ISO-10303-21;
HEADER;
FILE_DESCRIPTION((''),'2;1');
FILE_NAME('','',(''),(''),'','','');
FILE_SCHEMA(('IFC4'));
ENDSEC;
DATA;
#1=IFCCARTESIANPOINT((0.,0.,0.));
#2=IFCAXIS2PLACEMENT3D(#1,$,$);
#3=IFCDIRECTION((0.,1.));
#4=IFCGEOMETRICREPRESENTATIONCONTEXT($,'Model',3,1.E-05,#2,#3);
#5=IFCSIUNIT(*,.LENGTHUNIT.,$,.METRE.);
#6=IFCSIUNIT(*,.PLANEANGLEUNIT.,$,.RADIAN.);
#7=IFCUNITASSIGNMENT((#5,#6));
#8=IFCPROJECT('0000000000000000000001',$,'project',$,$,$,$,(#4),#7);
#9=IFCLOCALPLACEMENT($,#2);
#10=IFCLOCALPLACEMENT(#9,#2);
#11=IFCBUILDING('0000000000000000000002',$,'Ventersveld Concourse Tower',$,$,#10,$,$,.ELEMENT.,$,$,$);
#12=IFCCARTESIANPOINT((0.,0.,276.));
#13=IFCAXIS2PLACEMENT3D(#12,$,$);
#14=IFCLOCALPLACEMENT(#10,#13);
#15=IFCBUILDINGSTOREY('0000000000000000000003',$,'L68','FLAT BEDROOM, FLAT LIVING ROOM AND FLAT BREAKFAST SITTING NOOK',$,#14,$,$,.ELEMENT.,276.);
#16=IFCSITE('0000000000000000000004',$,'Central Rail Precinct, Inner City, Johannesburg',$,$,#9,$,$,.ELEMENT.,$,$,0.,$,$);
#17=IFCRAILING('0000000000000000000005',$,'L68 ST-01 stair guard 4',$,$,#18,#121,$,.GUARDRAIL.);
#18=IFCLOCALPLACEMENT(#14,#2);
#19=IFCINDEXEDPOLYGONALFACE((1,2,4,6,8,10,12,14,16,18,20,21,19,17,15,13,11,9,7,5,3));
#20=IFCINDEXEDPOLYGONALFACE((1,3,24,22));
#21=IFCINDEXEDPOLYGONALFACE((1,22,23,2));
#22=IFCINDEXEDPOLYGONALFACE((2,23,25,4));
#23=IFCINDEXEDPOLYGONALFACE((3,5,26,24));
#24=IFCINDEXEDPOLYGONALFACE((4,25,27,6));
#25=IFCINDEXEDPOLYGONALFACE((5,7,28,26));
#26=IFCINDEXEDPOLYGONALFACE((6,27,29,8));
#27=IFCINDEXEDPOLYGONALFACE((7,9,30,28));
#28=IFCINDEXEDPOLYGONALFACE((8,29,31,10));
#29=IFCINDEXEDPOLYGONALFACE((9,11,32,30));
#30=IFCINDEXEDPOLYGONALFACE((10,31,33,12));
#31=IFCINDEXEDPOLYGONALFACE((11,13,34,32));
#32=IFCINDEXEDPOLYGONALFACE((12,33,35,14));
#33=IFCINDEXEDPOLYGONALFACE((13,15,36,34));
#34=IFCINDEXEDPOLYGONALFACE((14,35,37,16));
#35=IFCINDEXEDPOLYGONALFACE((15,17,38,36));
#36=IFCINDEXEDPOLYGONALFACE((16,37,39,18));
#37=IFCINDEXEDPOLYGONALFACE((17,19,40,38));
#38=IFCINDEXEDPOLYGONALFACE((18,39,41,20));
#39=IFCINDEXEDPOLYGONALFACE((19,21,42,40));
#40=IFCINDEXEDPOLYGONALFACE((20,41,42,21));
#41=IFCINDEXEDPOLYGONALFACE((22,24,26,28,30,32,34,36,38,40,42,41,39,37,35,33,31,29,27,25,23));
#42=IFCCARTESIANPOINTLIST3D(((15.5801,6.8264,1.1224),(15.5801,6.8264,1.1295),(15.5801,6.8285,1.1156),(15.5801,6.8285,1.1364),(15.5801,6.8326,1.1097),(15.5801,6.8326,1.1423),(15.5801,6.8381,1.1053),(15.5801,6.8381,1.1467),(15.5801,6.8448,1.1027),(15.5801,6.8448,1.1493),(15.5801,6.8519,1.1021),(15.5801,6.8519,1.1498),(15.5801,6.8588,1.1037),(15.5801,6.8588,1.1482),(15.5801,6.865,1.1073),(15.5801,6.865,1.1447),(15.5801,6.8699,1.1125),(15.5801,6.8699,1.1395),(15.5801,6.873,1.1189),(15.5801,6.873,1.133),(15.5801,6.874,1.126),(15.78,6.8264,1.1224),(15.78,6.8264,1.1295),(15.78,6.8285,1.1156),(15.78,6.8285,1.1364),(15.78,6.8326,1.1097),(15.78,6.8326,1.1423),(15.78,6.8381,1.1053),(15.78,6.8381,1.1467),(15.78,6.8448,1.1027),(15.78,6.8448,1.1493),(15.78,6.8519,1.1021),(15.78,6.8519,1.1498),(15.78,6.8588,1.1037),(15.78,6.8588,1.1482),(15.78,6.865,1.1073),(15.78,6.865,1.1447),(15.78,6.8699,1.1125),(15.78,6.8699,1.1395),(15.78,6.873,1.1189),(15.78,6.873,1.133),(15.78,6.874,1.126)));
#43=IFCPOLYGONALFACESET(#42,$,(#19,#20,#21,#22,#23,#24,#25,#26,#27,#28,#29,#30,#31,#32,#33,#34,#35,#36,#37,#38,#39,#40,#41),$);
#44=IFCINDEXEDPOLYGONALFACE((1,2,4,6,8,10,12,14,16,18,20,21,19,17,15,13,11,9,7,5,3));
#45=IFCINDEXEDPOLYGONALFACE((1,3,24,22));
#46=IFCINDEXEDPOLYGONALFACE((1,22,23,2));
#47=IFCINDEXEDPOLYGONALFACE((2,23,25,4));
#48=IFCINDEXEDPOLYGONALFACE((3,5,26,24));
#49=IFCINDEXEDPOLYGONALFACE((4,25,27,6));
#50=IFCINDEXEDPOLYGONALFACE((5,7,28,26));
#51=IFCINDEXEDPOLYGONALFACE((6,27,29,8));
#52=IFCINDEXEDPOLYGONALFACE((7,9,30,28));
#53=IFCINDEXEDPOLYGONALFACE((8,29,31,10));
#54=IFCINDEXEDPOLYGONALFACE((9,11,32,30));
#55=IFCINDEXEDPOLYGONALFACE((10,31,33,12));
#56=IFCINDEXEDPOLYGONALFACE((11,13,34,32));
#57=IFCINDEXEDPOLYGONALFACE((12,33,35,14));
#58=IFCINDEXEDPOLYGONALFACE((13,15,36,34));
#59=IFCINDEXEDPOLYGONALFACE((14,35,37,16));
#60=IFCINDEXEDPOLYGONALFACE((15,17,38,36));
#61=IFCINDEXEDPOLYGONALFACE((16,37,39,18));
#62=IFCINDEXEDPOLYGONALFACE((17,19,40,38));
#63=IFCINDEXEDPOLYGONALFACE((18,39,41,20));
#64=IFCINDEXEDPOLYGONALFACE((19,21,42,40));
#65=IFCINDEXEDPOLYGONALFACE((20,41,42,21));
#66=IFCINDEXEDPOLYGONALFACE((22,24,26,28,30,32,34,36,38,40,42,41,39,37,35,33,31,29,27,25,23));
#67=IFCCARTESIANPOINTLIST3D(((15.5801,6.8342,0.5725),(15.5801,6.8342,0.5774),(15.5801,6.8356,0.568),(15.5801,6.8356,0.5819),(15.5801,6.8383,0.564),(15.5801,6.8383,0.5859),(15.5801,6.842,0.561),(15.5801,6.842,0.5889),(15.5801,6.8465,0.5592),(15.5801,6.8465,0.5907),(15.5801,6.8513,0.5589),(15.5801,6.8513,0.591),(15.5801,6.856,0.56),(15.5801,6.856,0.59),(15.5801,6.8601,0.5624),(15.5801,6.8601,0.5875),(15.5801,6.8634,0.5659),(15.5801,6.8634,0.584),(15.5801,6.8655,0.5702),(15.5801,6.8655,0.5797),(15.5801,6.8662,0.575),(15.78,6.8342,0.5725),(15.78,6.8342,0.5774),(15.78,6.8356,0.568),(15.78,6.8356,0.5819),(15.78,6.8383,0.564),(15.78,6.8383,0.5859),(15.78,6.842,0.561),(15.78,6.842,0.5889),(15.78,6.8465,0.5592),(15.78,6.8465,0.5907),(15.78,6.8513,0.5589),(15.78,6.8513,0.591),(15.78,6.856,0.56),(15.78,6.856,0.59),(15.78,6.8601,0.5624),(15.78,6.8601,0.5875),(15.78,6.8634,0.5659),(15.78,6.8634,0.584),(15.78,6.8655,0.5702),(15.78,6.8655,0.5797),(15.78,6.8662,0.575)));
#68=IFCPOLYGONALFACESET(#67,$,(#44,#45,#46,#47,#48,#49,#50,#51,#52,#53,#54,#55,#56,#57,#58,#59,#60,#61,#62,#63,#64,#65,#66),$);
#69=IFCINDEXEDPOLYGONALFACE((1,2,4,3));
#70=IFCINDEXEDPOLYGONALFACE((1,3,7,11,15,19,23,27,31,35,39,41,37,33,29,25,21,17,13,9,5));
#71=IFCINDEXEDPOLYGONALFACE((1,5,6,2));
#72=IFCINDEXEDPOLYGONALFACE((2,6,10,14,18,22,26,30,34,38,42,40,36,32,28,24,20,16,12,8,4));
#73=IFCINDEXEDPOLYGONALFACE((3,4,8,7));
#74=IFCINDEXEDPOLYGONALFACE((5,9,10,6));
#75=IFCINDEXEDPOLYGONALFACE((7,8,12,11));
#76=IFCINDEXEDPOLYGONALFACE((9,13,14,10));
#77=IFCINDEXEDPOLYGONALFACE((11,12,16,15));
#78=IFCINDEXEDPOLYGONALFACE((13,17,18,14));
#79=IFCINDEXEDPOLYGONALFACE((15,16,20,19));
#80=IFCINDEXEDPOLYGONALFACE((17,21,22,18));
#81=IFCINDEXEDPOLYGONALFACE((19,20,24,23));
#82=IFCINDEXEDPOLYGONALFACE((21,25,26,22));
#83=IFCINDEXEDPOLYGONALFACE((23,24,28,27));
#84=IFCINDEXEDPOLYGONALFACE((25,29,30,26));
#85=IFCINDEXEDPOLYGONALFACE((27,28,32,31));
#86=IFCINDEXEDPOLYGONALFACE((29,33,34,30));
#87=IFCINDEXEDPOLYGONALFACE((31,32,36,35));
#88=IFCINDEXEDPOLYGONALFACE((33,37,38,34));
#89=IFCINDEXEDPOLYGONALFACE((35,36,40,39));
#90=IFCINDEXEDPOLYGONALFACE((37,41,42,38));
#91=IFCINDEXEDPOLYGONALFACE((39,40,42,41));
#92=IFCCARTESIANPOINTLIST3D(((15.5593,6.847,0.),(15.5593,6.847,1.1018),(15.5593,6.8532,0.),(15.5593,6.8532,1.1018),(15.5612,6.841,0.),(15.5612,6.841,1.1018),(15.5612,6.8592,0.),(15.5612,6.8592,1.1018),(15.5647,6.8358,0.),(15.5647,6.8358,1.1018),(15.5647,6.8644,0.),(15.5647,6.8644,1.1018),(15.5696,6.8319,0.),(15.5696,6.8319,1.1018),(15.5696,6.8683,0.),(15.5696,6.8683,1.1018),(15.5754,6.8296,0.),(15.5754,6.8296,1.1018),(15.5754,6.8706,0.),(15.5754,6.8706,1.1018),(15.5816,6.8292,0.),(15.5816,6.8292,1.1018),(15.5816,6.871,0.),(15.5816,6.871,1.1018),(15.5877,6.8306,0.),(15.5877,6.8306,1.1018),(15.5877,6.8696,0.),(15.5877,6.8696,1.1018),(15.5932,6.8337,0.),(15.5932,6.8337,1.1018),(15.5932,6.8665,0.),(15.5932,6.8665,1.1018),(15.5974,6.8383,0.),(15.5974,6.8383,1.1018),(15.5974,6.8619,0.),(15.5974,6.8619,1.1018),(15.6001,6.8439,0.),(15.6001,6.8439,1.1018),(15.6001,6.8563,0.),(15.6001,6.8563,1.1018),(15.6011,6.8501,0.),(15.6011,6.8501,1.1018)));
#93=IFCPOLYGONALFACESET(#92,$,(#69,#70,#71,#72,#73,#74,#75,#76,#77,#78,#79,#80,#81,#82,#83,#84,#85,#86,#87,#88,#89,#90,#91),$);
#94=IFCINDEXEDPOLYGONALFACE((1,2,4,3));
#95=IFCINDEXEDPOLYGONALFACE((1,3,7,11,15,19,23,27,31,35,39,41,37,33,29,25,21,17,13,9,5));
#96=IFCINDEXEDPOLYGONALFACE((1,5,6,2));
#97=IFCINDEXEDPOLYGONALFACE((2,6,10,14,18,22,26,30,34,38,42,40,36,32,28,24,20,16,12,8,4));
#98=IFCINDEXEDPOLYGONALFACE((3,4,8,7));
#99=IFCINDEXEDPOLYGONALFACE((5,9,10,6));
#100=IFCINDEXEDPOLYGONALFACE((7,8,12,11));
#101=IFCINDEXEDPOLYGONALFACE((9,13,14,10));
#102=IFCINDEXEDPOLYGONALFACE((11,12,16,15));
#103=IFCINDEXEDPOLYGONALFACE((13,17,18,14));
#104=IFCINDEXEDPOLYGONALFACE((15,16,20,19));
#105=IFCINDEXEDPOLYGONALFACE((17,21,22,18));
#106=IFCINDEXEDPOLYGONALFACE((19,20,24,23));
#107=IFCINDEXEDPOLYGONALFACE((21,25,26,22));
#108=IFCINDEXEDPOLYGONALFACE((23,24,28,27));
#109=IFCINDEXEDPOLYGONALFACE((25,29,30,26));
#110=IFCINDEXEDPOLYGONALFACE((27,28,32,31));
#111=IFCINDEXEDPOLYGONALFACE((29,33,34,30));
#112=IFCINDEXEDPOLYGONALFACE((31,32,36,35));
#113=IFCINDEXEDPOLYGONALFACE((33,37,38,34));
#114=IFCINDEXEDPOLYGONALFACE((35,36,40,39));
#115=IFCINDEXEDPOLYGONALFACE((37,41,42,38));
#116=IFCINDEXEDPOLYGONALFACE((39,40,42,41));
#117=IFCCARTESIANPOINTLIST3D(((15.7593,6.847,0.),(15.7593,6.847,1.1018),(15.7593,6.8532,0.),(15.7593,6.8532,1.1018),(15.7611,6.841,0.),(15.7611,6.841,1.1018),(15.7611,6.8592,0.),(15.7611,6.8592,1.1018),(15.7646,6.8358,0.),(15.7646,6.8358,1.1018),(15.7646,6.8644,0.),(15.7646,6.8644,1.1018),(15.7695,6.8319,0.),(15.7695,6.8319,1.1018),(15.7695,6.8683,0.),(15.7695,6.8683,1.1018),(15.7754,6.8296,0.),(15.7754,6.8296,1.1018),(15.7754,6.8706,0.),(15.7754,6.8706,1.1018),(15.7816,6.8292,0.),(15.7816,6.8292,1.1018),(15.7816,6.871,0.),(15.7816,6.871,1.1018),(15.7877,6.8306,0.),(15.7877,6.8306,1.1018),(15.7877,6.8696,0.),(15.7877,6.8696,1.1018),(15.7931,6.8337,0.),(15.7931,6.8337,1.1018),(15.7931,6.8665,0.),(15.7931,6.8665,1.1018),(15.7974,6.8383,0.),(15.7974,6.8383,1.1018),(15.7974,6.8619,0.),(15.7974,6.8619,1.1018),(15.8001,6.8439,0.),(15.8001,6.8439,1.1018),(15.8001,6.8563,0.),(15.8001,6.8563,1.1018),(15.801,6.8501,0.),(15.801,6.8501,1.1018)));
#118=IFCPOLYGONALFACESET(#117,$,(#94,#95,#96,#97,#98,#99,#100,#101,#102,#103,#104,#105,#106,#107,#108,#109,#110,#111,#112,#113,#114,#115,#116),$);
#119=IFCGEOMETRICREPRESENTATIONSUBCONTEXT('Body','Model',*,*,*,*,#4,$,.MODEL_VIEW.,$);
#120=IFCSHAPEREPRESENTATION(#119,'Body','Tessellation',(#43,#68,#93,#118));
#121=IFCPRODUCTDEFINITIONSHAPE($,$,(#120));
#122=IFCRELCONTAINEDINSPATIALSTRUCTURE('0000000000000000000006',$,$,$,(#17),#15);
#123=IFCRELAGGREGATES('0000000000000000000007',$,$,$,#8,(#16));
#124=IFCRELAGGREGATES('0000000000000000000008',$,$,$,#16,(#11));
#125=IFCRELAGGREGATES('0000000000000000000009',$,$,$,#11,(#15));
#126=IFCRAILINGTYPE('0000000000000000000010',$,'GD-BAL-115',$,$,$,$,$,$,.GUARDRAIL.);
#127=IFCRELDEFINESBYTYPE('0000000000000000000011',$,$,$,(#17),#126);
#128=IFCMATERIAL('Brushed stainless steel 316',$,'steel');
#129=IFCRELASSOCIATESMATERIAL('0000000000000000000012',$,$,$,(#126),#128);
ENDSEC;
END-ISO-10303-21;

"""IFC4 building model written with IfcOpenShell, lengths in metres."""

from ifc_helpers import new_model, si_unit, direction, frame, origin, origin_2d, place, context, subcontext, project, spatial, circle, extrude, material, type_object, element, save


model = new_model("IFC4")

# Units and contexts
model_context = context("Model", 3, precision=1e-05, world=origin(), true_north=direction((0.0, 1.0)))
body_context = subcontext(model_context, "Body", "Model", "MODEL_VIEW")
ifc_project = project(units=[si_unit("LENGTHUNIT", "METRE"), si_unit("PLANEANGLEUNIT", "RADIAN")], contexts=[model_context])

# Site, building, storey
site_placement = place(None, origin())
site = spatial("IfcSite", under=ifc_project, at=site_placement, Name="Central Rail Precinct, Inner City, Johannesburg", CompositionType="ELEMENT", RefElevation=0.0)
building_placement = place(site_placement, origin())
building = spatial("IfcBuilding", under=site, at=building_placement, Name="Ventersveld Concourse Tower", CompositionType="ELEMENT")
storey_placement = place(building_placement, frame((0.0, 0.0, 276.0)))
storey = spatial("IfcBuildingStorey", under=building, at=storey_placement, Name="L68", Description="FLAT BEDROOM, FLAT LIVING ROOM AND FLAT BREAKFAST SITTING NOOK", CompositionType="ELEMENT", Elevation=276.0)

# Shared definitions
ifc_material_1 = material(Name="Brushed stainless steel 316", Category="steel")

# Railing
railing_type_1 = type_object("IfcRailingType", Name="GD-BAL-115", PredefinedType="GUARDRAIL", material=ifc_material_1)
railing_1_placement = place(storey_placement, frame((15.5801, 6.8501, 0.0)))
element("IfcRailing", 1, at=railing_1_placement, inside=storey, type_object=railing_type_1, Name="L68 ST-01 stair guard 4", PredefinedType="GUARDRAIL", context=body_context, shape_type="SweptSolid", body=[
    extrude(circle(Radius=0.0239, at=origin_2d()), frame((0.0, 0.0, 1.126), z_axis=(1.0, 0.0, 0.0), x_axis=(0.0, 1.0, 0.0)), (0.0, 0.0, 1.0), 0.2),
    extrude(circle(Radius=0.0161, at=origin_2d()), frame((0.0, 0.0, 0.575), z_axis=(1.0, 0.0, 0.0), x_axis=(0.0, 1.0, 0.0)), (0.0, 0.0, 1.0), 0.2),
    extrude(circle(Radius=0.021, at=origin_2d()), origin(), (0.0, 0.0, 1.0), 1.1018),
    extrude(circle(Radius=0.021, at=origin_2d()), frame((0.2, 0.0, 0.0)), (0.0, 0.0, 1.0), 1.1018),
])

save(model, "model.ifc")
